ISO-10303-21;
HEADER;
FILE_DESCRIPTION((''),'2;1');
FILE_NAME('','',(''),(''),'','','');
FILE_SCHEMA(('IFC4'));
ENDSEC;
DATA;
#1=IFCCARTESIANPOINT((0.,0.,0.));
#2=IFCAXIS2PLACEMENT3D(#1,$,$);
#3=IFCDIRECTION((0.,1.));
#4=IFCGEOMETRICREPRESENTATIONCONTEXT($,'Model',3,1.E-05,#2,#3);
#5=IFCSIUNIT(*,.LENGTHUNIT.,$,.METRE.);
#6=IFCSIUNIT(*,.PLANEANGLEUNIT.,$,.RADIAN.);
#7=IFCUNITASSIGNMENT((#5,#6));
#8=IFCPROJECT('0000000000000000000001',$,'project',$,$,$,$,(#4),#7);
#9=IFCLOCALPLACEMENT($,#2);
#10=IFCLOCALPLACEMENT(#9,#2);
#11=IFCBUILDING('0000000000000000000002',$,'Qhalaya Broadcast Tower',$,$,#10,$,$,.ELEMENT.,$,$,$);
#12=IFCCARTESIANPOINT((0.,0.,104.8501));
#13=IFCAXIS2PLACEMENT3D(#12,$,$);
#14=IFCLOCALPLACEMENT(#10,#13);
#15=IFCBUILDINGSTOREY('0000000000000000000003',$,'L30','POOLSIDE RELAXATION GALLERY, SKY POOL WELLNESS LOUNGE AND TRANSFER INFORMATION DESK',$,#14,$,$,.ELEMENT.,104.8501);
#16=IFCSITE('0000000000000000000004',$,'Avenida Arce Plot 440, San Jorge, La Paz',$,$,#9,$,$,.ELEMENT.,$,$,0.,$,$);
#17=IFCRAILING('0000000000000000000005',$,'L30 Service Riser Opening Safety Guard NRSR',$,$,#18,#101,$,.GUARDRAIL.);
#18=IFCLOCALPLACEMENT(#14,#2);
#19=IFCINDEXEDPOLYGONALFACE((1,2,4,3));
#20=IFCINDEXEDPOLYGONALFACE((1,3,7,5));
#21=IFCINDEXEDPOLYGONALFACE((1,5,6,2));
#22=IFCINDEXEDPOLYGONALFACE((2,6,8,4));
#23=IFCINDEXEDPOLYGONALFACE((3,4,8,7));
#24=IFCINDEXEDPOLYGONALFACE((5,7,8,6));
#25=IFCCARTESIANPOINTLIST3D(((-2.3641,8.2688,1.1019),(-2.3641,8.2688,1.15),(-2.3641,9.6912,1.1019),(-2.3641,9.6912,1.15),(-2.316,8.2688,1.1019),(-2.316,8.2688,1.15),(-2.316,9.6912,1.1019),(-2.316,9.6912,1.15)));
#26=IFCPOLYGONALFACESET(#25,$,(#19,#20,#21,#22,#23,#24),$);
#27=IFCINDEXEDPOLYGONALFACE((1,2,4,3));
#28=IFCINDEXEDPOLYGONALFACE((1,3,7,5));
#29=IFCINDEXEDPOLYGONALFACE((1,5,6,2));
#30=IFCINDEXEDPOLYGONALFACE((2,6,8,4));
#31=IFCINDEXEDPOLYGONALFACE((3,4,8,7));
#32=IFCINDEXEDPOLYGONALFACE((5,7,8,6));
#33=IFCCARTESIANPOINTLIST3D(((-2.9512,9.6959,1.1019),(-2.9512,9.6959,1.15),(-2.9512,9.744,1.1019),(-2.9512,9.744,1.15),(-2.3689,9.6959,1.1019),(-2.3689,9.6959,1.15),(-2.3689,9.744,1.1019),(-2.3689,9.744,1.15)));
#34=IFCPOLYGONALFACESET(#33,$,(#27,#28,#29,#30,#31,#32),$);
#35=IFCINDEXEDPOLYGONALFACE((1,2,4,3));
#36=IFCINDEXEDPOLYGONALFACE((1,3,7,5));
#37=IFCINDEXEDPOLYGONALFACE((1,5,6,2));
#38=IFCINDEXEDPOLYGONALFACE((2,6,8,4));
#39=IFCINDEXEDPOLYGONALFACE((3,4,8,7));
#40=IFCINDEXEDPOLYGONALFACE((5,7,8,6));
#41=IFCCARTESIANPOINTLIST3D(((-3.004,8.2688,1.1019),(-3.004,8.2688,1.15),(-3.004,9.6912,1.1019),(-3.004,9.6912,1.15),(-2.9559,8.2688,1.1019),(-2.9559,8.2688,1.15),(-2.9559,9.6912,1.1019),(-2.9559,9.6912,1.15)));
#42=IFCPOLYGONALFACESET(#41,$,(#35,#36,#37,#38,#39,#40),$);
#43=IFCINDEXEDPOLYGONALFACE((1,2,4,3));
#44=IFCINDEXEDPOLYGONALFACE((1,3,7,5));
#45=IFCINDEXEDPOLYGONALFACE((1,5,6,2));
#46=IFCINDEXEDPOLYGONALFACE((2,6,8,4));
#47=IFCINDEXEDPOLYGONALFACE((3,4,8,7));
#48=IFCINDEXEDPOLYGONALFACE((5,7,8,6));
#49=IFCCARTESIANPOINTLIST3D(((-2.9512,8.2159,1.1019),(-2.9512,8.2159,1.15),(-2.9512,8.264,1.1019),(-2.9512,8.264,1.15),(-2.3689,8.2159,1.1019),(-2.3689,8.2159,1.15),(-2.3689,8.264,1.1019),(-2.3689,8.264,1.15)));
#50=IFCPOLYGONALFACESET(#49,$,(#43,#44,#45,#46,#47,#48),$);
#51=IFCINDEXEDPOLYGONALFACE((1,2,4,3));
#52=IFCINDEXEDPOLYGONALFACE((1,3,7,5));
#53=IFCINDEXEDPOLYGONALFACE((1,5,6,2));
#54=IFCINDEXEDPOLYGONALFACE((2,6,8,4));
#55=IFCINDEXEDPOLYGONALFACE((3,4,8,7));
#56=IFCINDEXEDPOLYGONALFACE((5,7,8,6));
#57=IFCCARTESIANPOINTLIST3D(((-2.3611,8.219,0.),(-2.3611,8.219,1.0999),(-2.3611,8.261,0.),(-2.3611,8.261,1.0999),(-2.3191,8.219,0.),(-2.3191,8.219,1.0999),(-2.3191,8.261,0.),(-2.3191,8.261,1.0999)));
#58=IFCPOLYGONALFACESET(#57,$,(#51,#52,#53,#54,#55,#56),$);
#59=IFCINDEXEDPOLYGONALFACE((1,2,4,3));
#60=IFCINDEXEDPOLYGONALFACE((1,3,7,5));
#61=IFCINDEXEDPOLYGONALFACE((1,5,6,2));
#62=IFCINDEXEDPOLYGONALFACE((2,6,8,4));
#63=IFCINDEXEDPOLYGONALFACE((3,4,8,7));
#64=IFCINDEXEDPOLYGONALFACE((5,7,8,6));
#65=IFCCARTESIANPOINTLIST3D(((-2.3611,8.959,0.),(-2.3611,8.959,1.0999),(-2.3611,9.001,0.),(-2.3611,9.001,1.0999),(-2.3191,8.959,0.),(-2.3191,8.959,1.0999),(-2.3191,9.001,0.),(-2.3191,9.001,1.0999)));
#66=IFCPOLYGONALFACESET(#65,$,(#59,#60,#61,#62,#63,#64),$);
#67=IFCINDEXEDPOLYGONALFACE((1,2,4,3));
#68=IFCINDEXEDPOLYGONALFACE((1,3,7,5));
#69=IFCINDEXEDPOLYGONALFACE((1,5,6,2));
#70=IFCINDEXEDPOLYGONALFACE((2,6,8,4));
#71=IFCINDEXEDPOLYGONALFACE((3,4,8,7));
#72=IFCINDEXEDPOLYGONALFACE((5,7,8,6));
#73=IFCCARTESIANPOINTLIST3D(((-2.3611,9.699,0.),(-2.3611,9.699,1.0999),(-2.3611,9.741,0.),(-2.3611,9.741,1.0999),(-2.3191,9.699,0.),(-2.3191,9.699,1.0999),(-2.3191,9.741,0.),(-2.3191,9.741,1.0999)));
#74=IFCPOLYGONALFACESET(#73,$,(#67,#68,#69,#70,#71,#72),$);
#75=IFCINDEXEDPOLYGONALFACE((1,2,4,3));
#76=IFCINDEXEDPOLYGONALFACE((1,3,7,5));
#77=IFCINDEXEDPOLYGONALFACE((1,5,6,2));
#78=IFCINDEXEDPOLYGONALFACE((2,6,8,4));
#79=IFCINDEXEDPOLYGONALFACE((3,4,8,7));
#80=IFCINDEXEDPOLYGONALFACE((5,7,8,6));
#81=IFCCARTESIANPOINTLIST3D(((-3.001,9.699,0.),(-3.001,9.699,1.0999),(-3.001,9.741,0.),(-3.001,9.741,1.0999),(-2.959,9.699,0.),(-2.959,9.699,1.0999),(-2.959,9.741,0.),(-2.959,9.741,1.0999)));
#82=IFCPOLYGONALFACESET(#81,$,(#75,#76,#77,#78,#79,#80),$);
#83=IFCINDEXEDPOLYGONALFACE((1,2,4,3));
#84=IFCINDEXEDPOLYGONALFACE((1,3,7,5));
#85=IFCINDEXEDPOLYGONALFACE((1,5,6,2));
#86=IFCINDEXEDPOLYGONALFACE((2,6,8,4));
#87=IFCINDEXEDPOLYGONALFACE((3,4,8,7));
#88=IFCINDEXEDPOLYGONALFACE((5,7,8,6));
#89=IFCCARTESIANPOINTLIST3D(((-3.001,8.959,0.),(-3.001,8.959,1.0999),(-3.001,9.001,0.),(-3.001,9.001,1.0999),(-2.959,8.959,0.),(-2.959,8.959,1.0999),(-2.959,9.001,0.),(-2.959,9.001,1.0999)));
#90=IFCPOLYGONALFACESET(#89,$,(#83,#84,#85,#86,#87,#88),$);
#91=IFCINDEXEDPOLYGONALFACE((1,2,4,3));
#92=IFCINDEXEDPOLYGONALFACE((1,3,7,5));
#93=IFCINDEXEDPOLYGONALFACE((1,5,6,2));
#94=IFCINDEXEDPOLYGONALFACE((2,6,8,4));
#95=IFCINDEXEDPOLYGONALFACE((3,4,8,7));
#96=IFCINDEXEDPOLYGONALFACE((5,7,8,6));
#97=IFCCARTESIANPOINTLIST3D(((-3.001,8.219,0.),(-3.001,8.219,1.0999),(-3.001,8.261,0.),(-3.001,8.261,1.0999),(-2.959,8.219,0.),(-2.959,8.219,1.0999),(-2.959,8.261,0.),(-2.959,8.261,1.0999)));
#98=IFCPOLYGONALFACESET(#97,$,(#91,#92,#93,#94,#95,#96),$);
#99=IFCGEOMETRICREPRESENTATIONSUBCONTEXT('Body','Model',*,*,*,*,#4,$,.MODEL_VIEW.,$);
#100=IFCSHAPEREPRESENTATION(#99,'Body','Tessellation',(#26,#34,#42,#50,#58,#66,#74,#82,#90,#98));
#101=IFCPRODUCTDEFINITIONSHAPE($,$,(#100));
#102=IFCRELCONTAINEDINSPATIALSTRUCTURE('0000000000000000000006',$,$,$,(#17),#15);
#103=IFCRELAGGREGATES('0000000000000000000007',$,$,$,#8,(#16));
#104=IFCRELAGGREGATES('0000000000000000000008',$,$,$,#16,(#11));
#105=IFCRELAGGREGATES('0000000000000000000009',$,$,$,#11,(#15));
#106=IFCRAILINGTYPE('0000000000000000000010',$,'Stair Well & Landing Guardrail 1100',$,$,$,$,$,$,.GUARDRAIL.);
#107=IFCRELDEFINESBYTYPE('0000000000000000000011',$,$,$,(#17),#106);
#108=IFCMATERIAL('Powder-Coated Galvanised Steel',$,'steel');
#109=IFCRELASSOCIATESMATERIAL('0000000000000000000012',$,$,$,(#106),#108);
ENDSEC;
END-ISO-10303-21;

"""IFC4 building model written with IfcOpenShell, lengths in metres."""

from ifc_helpers import new_model, si_unit, direction, frame, origin, origin_2d, place, context, subcontext, project, spatial, rectangle, extrude, material, type_object, element, save


model = new_model("IFC4")

# Units and contexts
model_context = context("Model", 3, precision=1e-05, world=origin(), true_north=direction((0.0, 1.0)))
body_context = subcontext(model_context, "Body", "Model", "MODEL_VIEW")
ifc_project = project(units=[si_unit("LENGTHUNIT", "METRE"), si_unit("PLANEANGLEUNIT", "RADIAN")], contexts=[model_context])

# Site, building, storey
site_placement = place(None, origin())
site = spatial("IfcSite", under=ifc_project, at=site_placement, Name="Avenida Arce Plot 440, San Jorge, La Paz", CompositionType="ELEMENT", RefElevation=0.0)
building_placement = place(site_placement, origin())
building = spatial("IfcBuilding", under=site, at=building_placement, Name="Qhalaya Broadcast Tower", CompositionType="ELEMENT")
storey_placement = place(building_placement, frame((0.0, 0.0, 104.8501)))
storey = spatial("IfcBuildingStorey", under=building, at=storey_placement, Name="L30", Description="POOLSIDE RELAXATION GALLERY, SKY POOL WELLNESS LOUNGE AND TRANSFER INFORMATION DESK", CompositionType="ELEMENT", Elevation=104.8501)

# Railing
ifc_material_1 = material(Name="Powder-Coated Galvanised Steel", Category="steel")
railing_type = type_object("IfcRailingType", Name="Stair Well & Landing Guardrail 1100", PredefinedType="GUARDRAIL", material=ifc_material_1)
railing_placement = place(storey_placement, frame((-2.3401, 8.24, 0.0)))
element("IfcRailing", 1, at=railing_placement, inside=storey, type_object=railing_type, Name="L30 Service Riser Opening Safety Guard NRSR", PredefinedType="GUARDRAIL", context=body_context, shape_type="SweptSolid", body=[
    extrude(rectangle(XDim=0.0481, YDim=0.0481, at=origin_2d()), frame((0.0, 0.0288, 1.126), z_axis=(0.0, 1.0, 0.0), x_axis=(-1.0, 0.0, 0.0)), (0.0, 0.0, 1.0), 1.4224),
    extrude(rectangle(XDim=0.0481, YDim=0.0481, at=origin_2d()), frame((-0.0288, 1.48, 1.126), z_axis=(-1.0, 0.0, 0.0), x_axis=(0.0, -1.0, 0.0)), (0.0, 0.0, 1.0), 0.5823),
    extrude(rectangle(XDim=0.0481, YDim=0.0481, at=origin_2d()), frame((-0.6399, 1.4512, 1.126), z_axis=(0.0, -1.0, 0.0), x_axis=(1.0, 0.0, 0.0)), (0.0, 0.0, 1.0), 1.4224),
    extrude(rectangle(XDim=0.0481, YDim=0.0481, at=origin_2d()), frame((-0.6111, 0.0, 1.126), z_axis=(1.0, 0.0, 0.0), x_axis=(0.0, 1.0, 0.0)), (0.0, 0.0, 1.0), 0.5823),
    extrude(rectangle(XDim=0.042, YDim=0.042, at=origin_2d()), origin(), (0.0, 0.0, 1.0), 1.0999),
    extrude(rectangle(XDim=0.042, YDim=0.042, at=origin_2d()), frame((0.0, 0.74, 0.0)), (0.0, 0.0, 1.0), 1.0999),
    extrude(rectangle(XDim=0.042, YDim=0.042, at=origin_2d()), frame((0.0, 1.48, 0.0)), (0.0, 0.0, 1.0), 1.0999),
    extrude(rectangle(XDim=0.042, YDim=0.042, at=origin_2d()), frame((-0.6399, 1.48, 0.0)), (0.0, 0.0, 1.0), 1.0999),
    extrude(rectangle(XDim=0.042, YDim=0.042, at=origin_2d()), frame((-0.6399, 0.74, 0.0)), (0.0, 0.0, 1.0), 1.0999),
    extrude(rectangle(XDim=0.042, YDim=0.042, at=origin_2d()), frame((-0.6399, 0.0, 0.0)), (0.0, 0.0, 1.0), 1.0999),
])

save(model, "model.ifc")
